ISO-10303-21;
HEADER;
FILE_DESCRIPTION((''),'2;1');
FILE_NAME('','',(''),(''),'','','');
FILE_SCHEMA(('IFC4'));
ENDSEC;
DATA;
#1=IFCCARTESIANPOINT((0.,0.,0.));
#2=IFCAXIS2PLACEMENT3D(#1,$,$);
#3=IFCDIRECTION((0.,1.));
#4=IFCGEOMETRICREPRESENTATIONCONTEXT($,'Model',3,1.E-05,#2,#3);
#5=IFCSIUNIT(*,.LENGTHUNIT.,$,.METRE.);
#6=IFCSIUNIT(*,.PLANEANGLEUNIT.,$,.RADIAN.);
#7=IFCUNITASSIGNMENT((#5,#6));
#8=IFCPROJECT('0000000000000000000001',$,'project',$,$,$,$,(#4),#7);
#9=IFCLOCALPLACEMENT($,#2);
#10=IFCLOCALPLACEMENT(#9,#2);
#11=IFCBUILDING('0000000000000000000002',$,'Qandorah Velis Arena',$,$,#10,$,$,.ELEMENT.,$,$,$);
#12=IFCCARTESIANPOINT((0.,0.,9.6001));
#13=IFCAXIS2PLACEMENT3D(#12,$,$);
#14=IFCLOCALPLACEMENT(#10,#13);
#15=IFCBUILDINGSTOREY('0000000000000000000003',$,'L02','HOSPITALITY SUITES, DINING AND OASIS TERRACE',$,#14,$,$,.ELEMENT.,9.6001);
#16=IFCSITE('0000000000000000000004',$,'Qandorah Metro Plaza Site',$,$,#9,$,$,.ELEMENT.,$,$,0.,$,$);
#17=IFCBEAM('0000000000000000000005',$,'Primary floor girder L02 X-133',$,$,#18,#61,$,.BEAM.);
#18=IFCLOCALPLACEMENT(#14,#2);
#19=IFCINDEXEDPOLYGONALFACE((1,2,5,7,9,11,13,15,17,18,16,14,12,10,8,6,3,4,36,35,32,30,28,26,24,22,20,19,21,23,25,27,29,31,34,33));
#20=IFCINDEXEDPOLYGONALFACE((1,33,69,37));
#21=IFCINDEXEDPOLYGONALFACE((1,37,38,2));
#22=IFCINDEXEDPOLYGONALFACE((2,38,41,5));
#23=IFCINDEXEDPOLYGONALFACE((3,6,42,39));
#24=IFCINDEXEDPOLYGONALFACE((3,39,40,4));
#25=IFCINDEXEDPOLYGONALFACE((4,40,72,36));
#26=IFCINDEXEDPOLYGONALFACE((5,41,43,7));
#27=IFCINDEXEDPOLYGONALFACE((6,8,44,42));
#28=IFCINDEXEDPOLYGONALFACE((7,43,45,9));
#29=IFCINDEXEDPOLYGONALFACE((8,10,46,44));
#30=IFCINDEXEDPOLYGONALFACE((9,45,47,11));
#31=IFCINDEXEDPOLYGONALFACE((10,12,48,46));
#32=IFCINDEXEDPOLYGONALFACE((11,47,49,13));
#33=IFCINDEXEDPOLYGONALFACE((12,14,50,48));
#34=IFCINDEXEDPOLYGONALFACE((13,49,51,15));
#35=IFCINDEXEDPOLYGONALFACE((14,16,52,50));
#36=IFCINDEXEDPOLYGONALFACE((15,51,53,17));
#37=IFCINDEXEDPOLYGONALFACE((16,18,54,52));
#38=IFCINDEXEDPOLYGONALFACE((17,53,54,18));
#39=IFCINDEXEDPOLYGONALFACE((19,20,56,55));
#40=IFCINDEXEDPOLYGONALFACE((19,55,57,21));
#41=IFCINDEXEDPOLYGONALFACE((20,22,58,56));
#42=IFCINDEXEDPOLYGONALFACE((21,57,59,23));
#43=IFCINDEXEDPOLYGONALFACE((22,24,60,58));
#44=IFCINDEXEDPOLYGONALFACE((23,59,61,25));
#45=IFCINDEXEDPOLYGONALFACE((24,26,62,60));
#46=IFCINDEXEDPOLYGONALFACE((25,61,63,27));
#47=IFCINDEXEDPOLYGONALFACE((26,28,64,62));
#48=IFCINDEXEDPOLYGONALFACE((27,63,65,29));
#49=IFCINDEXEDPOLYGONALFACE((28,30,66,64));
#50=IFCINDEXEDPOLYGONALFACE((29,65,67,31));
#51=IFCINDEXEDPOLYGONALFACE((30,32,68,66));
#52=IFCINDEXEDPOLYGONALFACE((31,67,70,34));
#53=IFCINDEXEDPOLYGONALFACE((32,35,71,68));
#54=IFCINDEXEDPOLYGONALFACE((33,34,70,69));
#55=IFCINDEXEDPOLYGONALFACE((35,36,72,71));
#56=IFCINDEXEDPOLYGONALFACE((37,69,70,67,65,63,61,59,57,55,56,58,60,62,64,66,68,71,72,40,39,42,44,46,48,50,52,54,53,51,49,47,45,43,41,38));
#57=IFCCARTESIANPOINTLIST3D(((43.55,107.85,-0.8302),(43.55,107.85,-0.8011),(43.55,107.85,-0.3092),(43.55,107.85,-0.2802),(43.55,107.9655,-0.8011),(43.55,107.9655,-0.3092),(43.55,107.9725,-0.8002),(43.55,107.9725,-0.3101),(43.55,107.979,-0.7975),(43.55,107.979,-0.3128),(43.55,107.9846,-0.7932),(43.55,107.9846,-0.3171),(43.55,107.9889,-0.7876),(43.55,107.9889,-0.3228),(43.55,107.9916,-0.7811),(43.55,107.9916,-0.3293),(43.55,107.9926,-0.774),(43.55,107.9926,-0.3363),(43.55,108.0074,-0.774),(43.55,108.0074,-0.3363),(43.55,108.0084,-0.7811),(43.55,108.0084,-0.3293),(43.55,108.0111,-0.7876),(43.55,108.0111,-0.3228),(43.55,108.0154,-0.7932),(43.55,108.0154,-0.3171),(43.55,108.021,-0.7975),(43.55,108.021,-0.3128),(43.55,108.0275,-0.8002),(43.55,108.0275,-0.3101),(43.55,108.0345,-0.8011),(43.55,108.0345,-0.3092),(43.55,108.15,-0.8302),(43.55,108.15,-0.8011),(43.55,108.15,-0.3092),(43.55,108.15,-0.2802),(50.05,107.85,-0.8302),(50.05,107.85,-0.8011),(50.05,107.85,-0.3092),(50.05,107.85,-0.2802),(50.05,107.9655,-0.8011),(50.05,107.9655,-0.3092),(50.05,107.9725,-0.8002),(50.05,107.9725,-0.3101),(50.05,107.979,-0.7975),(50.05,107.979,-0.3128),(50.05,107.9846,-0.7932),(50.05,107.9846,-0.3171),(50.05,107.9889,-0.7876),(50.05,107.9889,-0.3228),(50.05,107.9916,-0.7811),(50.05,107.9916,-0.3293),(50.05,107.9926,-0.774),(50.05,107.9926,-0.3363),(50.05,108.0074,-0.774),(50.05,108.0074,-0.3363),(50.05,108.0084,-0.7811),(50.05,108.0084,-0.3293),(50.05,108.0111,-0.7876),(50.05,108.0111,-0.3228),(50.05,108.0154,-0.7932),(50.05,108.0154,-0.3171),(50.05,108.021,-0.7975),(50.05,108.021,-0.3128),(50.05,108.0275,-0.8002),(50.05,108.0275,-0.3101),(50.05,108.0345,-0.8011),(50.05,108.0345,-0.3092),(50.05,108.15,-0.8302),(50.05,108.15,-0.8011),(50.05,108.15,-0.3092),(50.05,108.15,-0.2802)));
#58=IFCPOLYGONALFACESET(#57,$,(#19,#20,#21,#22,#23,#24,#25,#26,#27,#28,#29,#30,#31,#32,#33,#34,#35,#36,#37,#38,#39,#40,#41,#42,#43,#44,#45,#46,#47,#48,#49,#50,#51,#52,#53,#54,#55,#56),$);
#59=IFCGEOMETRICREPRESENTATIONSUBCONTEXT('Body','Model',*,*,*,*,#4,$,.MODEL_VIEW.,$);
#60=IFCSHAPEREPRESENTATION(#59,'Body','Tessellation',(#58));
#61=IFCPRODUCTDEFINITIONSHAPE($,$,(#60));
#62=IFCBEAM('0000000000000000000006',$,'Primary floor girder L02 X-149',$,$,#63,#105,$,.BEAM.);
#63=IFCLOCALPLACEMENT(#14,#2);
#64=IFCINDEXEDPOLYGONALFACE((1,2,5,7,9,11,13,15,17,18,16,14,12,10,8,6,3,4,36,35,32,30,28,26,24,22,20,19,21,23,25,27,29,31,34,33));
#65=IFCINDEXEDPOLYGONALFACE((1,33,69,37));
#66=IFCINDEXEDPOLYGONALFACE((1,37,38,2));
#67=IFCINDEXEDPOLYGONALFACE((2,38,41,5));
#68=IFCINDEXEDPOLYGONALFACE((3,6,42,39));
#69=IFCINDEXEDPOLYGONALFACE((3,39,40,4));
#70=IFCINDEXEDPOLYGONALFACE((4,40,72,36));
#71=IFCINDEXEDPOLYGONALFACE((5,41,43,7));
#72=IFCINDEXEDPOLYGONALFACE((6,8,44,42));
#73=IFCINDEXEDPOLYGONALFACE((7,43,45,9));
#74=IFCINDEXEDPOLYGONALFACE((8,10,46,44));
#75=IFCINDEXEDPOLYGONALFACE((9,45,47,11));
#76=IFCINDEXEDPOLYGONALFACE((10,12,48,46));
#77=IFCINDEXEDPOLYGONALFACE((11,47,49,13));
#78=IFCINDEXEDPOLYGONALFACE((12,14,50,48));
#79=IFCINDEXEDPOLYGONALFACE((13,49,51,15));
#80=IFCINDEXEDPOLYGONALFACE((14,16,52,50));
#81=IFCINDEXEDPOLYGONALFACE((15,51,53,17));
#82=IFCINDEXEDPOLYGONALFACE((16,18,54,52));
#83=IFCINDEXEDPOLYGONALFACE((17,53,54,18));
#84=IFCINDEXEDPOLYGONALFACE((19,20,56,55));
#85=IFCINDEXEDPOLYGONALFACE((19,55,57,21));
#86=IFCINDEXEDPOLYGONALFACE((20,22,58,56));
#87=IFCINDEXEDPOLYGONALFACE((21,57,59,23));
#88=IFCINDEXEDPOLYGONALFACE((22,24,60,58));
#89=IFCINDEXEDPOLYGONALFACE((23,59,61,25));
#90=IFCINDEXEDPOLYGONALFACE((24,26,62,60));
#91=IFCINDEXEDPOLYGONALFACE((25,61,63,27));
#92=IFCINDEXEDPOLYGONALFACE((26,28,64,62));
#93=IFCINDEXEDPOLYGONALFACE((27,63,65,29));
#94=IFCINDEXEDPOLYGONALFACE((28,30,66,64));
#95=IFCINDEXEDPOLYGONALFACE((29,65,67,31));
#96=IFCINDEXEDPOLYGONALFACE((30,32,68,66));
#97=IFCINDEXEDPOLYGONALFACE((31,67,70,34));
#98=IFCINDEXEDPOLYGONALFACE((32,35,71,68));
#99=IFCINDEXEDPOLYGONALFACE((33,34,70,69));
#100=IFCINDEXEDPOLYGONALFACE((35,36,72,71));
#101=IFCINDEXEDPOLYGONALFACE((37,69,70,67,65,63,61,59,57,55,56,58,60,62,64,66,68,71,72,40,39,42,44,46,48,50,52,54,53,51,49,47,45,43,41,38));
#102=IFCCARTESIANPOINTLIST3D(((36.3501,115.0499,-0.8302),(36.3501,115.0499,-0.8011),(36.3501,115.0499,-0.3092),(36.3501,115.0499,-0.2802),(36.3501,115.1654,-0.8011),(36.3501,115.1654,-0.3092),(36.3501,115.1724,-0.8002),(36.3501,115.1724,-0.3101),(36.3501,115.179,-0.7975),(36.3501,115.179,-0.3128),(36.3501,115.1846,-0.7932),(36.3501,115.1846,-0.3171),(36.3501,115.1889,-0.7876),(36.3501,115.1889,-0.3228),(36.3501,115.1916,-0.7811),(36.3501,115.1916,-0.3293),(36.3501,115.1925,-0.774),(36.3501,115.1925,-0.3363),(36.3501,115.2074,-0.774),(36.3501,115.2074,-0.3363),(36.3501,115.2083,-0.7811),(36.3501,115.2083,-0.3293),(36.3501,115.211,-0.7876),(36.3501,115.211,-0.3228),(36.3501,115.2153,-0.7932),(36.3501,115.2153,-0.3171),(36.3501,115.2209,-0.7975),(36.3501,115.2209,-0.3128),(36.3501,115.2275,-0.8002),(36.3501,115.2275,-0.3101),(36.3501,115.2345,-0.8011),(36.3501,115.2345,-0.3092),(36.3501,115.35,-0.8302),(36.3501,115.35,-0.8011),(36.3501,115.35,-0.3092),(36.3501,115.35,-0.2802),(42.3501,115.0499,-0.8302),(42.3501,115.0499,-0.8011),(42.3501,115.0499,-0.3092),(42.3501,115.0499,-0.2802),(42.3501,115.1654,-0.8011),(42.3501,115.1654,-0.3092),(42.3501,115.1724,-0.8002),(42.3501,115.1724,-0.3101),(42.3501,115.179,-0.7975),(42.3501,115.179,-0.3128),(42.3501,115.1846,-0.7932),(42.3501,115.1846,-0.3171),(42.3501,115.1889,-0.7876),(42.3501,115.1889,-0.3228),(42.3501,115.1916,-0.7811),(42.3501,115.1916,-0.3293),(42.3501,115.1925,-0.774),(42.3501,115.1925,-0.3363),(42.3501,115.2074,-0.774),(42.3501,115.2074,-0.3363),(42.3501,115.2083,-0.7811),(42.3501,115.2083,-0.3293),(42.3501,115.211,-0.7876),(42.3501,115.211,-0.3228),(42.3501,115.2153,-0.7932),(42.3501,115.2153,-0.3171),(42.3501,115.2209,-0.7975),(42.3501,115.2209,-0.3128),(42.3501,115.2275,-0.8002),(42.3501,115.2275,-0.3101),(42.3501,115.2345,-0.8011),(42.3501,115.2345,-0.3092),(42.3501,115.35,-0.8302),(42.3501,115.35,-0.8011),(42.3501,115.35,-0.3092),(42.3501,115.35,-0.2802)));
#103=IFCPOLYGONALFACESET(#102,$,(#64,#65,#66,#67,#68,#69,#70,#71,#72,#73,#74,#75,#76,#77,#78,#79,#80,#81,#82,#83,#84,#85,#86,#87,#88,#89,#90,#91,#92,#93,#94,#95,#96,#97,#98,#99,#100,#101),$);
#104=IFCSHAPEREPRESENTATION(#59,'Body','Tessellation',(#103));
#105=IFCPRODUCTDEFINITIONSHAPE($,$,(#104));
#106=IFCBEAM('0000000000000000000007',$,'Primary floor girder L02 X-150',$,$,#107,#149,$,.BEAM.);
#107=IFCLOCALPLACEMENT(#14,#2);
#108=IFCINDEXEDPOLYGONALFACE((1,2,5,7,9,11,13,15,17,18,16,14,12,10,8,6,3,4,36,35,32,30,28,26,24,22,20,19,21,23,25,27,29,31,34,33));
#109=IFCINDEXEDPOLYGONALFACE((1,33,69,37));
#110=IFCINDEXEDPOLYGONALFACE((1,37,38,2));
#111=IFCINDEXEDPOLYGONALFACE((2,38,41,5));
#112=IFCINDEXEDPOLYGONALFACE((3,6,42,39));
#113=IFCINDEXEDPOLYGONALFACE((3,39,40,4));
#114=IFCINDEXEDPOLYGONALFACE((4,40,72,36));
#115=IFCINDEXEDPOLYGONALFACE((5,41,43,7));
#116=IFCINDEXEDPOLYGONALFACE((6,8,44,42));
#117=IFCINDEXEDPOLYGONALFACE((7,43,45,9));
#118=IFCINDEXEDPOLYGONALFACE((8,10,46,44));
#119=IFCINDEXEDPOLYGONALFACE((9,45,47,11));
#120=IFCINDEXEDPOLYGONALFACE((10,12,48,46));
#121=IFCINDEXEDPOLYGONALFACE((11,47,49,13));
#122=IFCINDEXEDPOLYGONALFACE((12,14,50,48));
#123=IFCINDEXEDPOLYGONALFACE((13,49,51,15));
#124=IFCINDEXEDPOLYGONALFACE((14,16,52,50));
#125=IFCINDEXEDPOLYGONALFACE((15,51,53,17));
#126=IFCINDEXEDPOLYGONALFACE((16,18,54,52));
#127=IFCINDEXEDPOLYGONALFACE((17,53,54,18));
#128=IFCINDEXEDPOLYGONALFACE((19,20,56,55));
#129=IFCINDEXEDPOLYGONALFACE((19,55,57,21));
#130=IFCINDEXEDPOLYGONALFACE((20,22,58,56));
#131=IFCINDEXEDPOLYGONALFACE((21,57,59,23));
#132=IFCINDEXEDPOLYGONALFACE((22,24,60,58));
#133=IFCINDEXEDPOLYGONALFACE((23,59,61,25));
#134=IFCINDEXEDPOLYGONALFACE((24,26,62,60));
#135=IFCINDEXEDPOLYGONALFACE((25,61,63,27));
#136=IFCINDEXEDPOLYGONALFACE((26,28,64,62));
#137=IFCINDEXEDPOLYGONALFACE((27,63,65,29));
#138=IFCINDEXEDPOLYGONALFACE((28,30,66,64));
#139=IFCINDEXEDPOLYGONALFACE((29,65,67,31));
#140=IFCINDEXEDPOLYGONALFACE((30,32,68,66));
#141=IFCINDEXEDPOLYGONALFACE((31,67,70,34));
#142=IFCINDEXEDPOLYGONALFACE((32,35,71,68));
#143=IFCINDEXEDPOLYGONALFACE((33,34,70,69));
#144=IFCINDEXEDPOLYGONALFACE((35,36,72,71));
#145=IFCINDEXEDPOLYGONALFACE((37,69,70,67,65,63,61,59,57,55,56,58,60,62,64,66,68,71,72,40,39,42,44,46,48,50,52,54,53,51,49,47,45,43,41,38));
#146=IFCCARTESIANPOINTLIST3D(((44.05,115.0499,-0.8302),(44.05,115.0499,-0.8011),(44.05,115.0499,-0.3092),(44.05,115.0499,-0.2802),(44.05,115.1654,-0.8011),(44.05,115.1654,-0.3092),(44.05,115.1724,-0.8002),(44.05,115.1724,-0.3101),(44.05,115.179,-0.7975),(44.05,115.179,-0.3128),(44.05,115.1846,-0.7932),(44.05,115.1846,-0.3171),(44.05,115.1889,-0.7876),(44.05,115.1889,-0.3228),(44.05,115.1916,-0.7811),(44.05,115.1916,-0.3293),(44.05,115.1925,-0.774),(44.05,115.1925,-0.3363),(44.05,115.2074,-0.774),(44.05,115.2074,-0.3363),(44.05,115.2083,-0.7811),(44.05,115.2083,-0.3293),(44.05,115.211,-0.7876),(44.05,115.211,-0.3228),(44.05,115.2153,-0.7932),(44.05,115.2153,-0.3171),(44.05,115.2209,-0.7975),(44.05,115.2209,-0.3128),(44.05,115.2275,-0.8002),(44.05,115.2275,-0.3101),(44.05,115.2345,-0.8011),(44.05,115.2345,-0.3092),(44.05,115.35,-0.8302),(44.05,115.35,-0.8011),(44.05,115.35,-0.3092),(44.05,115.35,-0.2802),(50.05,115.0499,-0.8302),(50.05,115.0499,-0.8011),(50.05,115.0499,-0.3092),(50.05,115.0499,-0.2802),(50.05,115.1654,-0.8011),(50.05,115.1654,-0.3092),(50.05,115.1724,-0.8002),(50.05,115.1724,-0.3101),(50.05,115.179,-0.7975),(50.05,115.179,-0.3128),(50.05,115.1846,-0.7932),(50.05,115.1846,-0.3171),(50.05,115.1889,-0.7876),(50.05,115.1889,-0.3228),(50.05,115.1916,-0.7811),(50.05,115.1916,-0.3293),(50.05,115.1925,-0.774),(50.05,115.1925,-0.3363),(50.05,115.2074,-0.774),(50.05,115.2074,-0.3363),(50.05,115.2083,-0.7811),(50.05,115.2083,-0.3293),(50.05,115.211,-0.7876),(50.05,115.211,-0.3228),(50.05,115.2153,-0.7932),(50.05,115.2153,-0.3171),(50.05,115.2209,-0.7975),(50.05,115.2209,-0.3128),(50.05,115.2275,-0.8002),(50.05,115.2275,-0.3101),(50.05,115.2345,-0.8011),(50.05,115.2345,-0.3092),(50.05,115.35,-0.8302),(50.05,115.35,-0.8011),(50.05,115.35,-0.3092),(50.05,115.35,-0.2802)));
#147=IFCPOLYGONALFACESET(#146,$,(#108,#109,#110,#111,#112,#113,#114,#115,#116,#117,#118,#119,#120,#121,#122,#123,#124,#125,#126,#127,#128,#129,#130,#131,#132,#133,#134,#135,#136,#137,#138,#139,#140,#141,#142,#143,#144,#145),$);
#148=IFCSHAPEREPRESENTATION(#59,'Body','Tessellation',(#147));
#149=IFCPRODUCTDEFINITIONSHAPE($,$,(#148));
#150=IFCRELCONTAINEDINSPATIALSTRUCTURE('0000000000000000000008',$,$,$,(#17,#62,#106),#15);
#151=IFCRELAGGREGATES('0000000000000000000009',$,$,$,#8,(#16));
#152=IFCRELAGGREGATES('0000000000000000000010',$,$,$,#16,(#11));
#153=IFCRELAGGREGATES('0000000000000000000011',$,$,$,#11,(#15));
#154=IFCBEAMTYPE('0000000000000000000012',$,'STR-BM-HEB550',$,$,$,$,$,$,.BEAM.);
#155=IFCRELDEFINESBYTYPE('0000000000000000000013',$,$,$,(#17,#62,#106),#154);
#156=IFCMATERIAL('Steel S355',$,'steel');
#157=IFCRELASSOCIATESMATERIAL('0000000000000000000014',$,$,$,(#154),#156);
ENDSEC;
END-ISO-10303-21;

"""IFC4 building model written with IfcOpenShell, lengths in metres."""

from ifc_helpers import new_model, si_unit, direction, frame, origin, origin_2d, place, context, subcontext, project, spatial, i_section, extrude, material, material_profile, profile_set, type_object, element, save


model = new_model("IFC4")

# Units and contexts
model_context = context("Model", 3, precision=1e-05, world=origin(), true_north=direction((0.0, 1.0)))
body_context = subcontext(model_context, "Body", "Model", "MODEL_VIEW")
ifc_project = project(units=[si_unit("LENGTHUNIT", "METRE"), si_unit("PLANEANGLEUNIT", "RADIAN")], contexts=[model_context])

# Site, building, storey
site_placement = place(None, origin())
site = spatial("IfcSite", under=ifc_project, at=site_placement, Name="Qandorah Metro Plaza Site", CompositionType="ELEMENT", RefElevation=0.0)
building_placement = place(site_placement, origin())
building = spatial("IfcBuilding", under=site, at=building_placement, Name="Qandorah Velis Arena", CompositionType="ELEMENT")
storey_placement = place(building_placement, frame((0.0, 0.0, 9.6001)))
storey = spatial("IfcBuildingStorey", under=building, at=storey_placement, Name="L02", Description="HOSPITALITY SUITES, DINING AND OASIS TERRACE", CompositionType="ELEMENT", Elevation=9.6001)

# Shared definitions
ifc_material_1 = material(Name="Steel S355", Category="steel")

# Beams
ifc_material_profile_1 = material_profile(ifc_material_1, i_section(OverallWidth=0.3, OverallDepth=0.55, WebThickness=0.0149, FlangeThickness=0.0291, FilletRadius=0.0271, at=origin_2d()), Name="HEB 550")
ifc_profile_set_1 = profile_set([ifc_material_profile_1], Name="Steel S355")
beam_type_1 = type_object("IfcBeamType", Name="STR-BM-HEB550", PredefinedType="BEAM", material=ifc_profile_set_1)
beam_1_placement = place(storey_placement, frame((43.55, 108.0, -0.5552), z_axis=(1.0, 0.0, 0.0), x_axis=(0.0, 1.0, 0.0)))
element("IfcBeam", 1, at=beam_1_placement, inside=storey, type_object=beam_type_1, Name="Primary floor girder L02 X-133", PredefinedType="BEAM", context=body_context, shape_type="SweptSolid", body=[
    extrude(i_section(OverallWidth=0.3, OverallDepth=0.55, WebThickness=0.0149, FlangeThickness=0.0291, FilletRadius=0.0271, at=origin_2d()), origin(), (0.0, 0.0, 1.0), 6.5),
])
for number, where, z_axis, x_axis, name in (
    (2, (36.3501, 115.2, -0.5552), (1.0, 0.0, 0.0), (0.0, 1.0, 0.0), "Primary floor girder L02 X-149"),
    (3, (44.05, 115.2, -0.5552), (1.0, 0.0, 0.0), (0.0, 1.0, 0.0), "Primary floor girder L02 X-150"),
):
    element("IfcBeam", number, at=place(storey_placement, frame(where, z_axis=z_axis, x_axis=x_axis)), inside=storey, type_object=beam_type_1, Name=name, PredefinedType="BEAM", context=body_context, shape_type="SweptSolid", body=[
        extrude(i_section(OverallWidth=0.3, OverallDepth=0.55, WebThickness=0.0149, FlangeThickness=0.0291, FilletRadius=0.0271, at=origin_2d()), origin(), (0.0, 0.0, 1.0), 6.0),
    ])

save(model, "model.ifc")
